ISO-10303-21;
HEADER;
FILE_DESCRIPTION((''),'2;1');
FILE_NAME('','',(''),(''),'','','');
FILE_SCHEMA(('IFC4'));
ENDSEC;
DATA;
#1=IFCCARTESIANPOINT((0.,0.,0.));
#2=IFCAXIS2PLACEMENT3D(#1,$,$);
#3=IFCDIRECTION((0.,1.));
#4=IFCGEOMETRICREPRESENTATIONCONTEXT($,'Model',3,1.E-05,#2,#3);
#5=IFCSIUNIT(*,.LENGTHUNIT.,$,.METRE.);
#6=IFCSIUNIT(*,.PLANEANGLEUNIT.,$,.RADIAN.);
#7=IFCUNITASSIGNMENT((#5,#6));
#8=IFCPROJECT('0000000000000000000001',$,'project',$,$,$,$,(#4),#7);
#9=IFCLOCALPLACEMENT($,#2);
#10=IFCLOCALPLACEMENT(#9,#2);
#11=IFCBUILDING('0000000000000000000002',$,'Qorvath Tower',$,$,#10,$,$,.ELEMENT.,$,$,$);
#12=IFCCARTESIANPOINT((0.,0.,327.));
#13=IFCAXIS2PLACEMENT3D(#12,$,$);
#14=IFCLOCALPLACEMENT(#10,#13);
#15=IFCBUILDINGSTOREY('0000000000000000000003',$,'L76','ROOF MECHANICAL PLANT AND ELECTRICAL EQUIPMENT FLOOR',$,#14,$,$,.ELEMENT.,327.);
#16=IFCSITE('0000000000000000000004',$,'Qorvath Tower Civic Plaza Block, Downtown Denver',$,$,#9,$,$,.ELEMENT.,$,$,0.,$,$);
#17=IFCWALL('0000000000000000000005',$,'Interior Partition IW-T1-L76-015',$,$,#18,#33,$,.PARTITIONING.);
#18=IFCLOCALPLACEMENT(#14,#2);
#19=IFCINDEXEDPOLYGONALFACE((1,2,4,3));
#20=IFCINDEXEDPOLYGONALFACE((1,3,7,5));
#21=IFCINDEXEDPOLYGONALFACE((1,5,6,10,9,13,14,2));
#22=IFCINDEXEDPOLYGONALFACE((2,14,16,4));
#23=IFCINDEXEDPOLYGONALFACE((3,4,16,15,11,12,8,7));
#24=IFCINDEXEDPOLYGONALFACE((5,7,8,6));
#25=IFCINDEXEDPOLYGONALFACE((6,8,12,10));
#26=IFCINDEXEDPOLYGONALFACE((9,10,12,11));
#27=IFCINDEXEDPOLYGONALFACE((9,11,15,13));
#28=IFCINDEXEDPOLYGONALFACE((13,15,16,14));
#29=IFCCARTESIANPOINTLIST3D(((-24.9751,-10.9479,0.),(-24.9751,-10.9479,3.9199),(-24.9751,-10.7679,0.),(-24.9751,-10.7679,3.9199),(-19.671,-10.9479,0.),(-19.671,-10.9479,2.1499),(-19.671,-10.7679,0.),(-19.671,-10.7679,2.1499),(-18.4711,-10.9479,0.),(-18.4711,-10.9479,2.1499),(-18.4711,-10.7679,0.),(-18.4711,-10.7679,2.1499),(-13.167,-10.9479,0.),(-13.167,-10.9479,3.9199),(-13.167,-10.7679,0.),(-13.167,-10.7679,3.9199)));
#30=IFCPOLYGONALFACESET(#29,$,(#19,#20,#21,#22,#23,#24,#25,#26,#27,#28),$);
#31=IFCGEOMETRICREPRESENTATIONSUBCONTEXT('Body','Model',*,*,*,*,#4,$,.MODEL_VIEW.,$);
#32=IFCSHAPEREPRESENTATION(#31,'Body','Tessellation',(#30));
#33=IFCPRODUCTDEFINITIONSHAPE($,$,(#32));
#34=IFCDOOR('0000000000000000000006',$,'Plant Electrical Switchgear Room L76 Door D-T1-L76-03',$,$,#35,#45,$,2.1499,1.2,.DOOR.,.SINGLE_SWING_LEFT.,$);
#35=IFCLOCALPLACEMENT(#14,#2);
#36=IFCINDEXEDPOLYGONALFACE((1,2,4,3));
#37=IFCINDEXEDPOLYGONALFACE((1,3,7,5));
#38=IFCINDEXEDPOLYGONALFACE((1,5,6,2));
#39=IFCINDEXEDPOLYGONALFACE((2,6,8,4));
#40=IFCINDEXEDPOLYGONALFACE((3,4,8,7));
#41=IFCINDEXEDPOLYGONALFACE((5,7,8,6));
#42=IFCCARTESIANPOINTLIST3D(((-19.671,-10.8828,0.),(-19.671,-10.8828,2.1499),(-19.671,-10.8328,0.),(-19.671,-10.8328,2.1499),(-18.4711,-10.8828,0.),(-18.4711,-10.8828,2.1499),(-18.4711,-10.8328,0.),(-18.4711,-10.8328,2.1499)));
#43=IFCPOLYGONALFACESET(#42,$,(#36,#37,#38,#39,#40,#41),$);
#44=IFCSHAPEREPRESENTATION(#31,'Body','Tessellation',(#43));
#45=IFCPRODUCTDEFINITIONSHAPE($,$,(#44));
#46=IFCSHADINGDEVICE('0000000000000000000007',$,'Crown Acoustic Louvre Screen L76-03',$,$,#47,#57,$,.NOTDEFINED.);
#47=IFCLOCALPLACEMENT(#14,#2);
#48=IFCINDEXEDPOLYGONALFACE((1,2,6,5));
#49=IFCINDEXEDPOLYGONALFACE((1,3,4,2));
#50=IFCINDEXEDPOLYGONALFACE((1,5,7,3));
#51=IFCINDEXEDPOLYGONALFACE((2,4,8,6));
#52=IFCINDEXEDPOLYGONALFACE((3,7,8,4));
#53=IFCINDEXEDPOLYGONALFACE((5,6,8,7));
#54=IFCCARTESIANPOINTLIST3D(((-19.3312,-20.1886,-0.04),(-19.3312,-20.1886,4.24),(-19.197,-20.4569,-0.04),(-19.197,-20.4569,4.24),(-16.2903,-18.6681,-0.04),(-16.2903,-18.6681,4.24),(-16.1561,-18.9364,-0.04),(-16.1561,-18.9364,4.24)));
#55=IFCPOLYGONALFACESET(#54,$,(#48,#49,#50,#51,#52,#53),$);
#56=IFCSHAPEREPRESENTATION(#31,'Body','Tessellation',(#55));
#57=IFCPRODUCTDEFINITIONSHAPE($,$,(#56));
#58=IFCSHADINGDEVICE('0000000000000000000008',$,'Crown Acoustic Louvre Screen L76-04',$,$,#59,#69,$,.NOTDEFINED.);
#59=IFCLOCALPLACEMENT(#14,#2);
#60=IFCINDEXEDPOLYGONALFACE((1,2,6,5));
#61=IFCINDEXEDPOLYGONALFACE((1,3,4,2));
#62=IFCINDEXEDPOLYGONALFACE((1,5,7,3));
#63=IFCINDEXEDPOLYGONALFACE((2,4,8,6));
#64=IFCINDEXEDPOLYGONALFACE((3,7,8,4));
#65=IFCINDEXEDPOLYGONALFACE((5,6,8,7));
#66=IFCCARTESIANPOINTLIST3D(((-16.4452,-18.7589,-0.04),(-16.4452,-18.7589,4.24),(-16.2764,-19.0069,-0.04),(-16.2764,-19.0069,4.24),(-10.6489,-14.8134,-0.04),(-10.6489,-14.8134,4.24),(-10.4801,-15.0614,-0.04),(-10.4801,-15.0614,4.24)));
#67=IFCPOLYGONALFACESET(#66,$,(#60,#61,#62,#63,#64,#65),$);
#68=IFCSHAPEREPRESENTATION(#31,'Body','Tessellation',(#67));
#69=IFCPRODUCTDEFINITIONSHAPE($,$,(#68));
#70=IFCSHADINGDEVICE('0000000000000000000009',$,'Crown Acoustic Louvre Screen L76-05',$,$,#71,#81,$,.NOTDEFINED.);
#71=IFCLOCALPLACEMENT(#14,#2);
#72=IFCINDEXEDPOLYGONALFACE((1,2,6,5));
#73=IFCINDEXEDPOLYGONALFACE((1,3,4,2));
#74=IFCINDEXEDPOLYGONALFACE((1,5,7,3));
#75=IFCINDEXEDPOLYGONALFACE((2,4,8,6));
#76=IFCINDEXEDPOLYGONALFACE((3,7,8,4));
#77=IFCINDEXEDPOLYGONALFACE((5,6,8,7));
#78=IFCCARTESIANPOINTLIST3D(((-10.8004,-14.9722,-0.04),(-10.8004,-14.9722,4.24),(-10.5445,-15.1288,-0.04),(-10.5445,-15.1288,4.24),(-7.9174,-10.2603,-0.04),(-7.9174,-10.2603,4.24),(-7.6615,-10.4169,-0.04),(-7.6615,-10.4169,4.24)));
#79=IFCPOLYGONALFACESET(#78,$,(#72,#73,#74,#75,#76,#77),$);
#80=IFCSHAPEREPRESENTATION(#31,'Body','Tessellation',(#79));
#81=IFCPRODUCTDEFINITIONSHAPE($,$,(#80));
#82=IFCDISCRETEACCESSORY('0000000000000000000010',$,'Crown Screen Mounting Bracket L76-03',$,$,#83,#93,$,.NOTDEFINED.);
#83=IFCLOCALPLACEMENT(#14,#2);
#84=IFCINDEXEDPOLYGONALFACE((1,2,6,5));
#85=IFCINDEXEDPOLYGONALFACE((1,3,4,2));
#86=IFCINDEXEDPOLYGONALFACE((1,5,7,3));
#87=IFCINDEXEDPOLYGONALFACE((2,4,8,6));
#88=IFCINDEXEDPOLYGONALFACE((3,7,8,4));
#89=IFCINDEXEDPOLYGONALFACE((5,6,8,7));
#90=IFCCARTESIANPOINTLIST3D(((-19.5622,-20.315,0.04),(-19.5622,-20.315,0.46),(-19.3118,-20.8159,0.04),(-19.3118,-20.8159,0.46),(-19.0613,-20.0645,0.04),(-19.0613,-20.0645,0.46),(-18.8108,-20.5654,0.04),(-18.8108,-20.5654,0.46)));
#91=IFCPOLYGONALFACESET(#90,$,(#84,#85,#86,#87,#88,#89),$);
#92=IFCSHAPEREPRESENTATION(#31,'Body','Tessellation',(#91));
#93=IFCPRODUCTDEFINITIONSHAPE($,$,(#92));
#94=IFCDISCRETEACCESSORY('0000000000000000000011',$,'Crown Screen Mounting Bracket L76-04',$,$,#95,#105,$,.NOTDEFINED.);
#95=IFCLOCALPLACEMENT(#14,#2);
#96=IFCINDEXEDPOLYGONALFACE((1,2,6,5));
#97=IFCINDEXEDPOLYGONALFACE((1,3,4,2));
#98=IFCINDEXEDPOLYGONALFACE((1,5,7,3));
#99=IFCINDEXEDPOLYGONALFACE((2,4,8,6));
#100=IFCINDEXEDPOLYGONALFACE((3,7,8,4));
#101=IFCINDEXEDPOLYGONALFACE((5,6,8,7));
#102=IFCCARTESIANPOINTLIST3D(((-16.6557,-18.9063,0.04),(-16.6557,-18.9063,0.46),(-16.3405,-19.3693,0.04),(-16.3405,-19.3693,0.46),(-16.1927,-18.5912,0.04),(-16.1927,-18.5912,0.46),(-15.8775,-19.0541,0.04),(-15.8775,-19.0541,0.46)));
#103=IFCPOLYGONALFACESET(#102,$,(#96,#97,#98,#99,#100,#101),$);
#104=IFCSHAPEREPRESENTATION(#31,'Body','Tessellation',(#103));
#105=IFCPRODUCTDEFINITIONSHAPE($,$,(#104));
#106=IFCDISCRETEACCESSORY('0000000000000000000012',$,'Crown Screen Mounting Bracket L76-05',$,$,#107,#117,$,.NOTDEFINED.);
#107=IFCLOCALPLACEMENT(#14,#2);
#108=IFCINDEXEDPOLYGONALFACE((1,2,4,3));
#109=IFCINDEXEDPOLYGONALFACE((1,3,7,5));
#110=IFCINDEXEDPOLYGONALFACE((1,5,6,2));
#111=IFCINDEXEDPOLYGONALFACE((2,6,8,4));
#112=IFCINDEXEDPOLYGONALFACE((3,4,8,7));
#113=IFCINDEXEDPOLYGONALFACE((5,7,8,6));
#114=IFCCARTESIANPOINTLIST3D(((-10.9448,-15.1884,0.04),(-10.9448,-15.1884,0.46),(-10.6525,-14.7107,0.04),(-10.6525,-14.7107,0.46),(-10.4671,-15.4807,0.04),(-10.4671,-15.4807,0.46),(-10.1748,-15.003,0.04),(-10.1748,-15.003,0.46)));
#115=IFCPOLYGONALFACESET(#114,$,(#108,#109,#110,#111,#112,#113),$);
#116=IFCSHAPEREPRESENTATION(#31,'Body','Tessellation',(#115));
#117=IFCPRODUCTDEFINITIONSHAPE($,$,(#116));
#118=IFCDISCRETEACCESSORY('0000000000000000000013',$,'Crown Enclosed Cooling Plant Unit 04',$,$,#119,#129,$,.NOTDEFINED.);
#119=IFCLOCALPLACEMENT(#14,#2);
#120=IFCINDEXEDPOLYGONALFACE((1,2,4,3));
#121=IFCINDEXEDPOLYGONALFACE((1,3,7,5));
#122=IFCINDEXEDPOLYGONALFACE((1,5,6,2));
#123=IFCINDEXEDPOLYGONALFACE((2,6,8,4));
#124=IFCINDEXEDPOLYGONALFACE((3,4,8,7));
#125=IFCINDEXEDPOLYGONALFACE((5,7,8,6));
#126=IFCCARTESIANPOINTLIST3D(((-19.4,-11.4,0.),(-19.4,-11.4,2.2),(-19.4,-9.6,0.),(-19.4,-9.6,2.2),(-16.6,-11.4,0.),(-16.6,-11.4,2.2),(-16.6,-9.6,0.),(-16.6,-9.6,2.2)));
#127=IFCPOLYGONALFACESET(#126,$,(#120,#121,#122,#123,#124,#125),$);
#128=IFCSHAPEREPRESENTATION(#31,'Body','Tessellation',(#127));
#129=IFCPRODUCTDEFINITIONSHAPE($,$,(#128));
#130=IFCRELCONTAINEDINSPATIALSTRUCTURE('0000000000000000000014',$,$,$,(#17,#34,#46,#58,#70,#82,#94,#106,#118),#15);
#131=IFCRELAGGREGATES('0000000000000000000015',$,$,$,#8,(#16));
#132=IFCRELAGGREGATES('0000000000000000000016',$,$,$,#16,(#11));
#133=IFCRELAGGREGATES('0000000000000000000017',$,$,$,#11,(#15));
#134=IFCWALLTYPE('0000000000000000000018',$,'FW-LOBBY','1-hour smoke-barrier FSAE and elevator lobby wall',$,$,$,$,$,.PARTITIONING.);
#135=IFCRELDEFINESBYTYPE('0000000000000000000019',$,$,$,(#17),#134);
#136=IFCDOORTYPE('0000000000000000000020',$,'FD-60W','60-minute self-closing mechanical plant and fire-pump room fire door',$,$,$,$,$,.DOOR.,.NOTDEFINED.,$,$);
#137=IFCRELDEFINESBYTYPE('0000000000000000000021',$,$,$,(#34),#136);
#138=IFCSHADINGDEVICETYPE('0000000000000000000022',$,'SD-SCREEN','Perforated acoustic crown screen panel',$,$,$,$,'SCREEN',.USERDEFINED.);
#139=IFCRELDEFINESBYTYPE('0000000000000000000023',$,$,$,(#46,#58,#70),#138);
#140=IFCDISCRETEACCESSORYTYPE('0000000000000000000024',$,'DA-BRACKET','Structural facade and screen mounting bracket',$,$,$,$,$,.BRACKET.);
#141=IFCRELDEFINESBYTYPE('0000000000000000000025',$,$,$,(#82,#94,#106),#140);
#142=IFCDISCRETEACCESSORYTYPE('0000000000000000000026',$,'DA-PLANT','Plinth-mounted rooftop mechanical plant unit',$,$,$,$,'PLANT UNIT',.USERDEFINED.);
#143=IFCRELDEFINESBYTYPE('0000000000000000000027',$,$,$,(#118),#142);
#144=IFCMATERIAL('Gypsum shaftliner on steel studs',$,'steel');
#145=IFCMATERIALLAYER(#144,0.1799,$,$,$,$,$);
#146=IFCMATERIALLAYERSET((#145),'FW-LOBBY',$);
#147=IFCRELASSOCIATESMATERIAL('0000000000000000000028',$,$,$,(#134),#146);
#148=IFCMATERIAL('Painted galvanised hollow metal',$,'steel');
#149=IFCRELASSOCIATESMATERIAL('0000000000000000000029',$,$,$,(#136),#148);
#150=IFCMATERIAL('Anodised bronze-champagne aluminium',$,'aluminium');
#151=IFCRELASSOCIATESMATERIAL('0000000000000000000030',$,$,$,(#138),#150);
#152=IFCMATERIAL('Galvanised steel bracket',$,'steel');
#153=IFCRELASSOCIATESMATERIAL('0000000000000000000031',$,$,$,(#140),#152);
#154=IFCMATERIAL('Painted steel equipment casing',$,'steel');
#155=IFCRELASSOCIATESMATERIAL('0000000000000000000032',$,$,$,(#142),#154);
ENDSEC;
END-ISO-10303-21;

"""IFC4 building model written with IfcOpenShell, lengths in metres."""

from ifc_helpers import new_model, si_unit, direction, frame, frame_2d, origin, origin_2d, place, context, subcontext, project, spatial, rectangle, extrude, material, layer, layer_set, type_object, element, fill, save


model = new_model("IFC4")

# Units and contexts
model_context = context("Model", 3, precision=1e-05, world=origin(), true_north=direction((0.0, 1.0)))
body_context = subcontext(model_context, "Body", "Model", "MODEL_VIEW")
ifc_project = project(units=[si_unit("LENGTHUNIT", "METRE"), si_unit("PLANEANGLEUNIT", "RADIAN")], contexts=[model_context])

# Site, building, storey
site_placement = place(None, origin())
site = spatial("IfcSite", under=ifc_project, at=site_placement, Name="Qorvath Tower Civic Plaza Block, Downtown Denver", CompositionType="ELEMENT", RefElevation=0.0)
building_placement = place(site_placement, origin())
building = spatial("IfcBuilding", under=site, at=building_placement, Name="Qorvath Tower", CompositionType="ELEMENT")
storey_placement = place(building_placement, frame((0.0, 0.0, 327.0)))
storey = spatial("IfcBuildingStorey", under=building, at=storey_placement, Name="L76", Description="ROOF MECHANICAL PLANT AND ELECTRICAL EQUIPMENT FLOOR", CompositionType="ELEMENT", Elevation=327.0)

# Shared definitions
ifc_material_1 = material(Name="Gypsum shaftliner on steel studs", Category="steel")
ifc_layer_1 = layer(ifc_material_1, 0.1799)
ifc_layer_set_1 = layer_set([ifc_layer_1], Name="FW-LOBBY")
wall_type = type_object("IfcWallType", Name="FW-LOBBY", Description="1-hour smoke-barrier FSAE and elevator lobby wall", PredefinedType="PARTITIONING", material=ifc_layer_set_1)

# Wall, opening, door
wall_1_placement = place(storey_placement, frame((-13.167, -10.8579, 0.0), z_axis=(0.0, 0.0, 1.0), x_axis=(-1.0, 0.0, 0.0)))
wall_1 = element("IfcWall", 1, at=wall_1_placement, inside=storey, type_object=wall_type, Name="Interior Partition IW-T1-L76-015", PredefinedType="PARTITIONING", context=body_context, shape_type="SweptSolid", body=[
    extrude(rectangle(XDim=11.8081, YDim=0.1799, at=frame_2d((5.9041, 0.0))), origin(), (0.0, 0.0, 1.0), 3.9199),
])
opening_placement = place(wall_1_placement, frame((5.304, 0.0, 0.0)))
opening = element("IfcOpeningElement", 2, at=opening_placement, cuts=wall_1, PredefinedType="OPENING", context=body_context, shape_type="SweptSolid", body=[
    extrude(rectangle(XDim=1.2, YDim=2.1499, at=frame_2d((0.6001, 1.075))), frame((0.0, 0.1001, 0.0), z_axis=(0.0, -1.0, 0.0), x_axis=(1.0, 0.0, 0.0)), (0.0, 0.0, 1.0), 0.2),
])
ifc_material_2 = material(Name="Painted galvanised hollow metal", Category="steel")
door_type = type_object("IfcDoorType", Name="FD-60W", Description="60-minute self-closing mechanical plant and fire-pump room fire door", OperationType="NOTDEFINED", PredefinedType="DOOR", material=ifc_material_2)
door_placement = place(opening_placement, origin())
door = element("IfcDoor", 3, at=door_placement, inside=storey, type_object=door_type, Name="Plant Electrical Switchgear Room L76 Door D-T1-L76-03", OperationType="SINGLE_SWING_LEFT", OverallHeight=2.1499, OverallWidth=1.2, PredefinedType="DOOR", context=body_context, shape_type="SweptSolid", body=[
    extrude(rectangle(XDim=1.2, YDim=2.1499, at=frame_2d((0.6001, 1.075))), frame((0.0, 0.0249, 0.0), z_axis=(0.0, -1.0, 0.0), x_axis=(1.0, 0.0, 0.0)), (0.0, 0.0, 1.0), 0.05),
])
fill(opening, door)

# Shading devices
ifc_material_3 = material(Name="Anodised bronze-champagne aluminium", Category="aluminium")
shading_device_type = type_object("IfcShadingDeviceType", Name="SD-SCREEN", Description="Perforated acoustic crown screen panel", ElementType="SCREEN", PredefinedType="USERDEFINED", material=ifc_material_3)
shading_device_1_placement = place(storey_placement, frame((-17.7437, -19.5625, -0.04), z_axis=(0.0, 0.0, 1.0), x_axis=(0.894421, 0.447227, 0.0)))
element("IfcShadingDevice", 4, at=shading_device_1_placement, inside=storey, type_object=shading_device_type, Name="Crown Acoustic Louvre Screen L76-03", PredefinedType="NOTDEFINED", context=body_context, shape_type="SweptSolid", body=[
    extrude(rectangle(XDim=3.3999, YDim=0.3, at=origin_2d()), origin(), (0.0, 0.0, 1.0), 4.28),
])
shading_device_2_placement = place(storey_placement, frame((-13.4626, -16.9102, -0.04), z_axis=(0.0, 0.0, 1.0), x_axis=(0.826661, 0.5627, 0.0)))
element("IfcShadingDevice", 5, at=shading_device_2_placement, inside=storey, type_object=shading_device_type, Name="Crown Acoustic Louvre Screen L76-04", PredefinedType="NOTDEFINED", context=body_context, shape_type="SweptSolid", body=[
    extrude(rectangle(XDim=7.0117, YDim=0.3, at=origin_2d()), origin(), (0.0, 0.0, 1.0), 4.28),
])
shading_device_3_placement = place(storey_placement, frame((-9.231, -12.6946, -0.04), z_axis=(0.0, 0.0, 1.0), x_axis=(0.521914, 0.852998, 0.0)))
element("IfcShadingDevice", 6, at=shading_device_3_placement, inside=storey, type_object=shading_device_type, Name="Crown Acoustic Louvre Screen L76-05", PredefinedType="NOTDEFINED", context=body_context, shape_type="SweptSolid", body=[
    extrude(rectangle(XDim=5.5239, YDim=0.3, at=origin_2d()), origin(), (0.0, 0.0, 1.0), 4.28),
])

# Discrete accessories
ifc_material_4 = material(Name="Galvanised steel bracket", Category="steel")
discrete_accessory_type_1 = type_object("IfcDiscreteAccessoryType", Name="DA-BRACKET", Description="Structural facade and screen mounting bracket", PredefinedType="BRACKET", material=ifc_material_4)
for number, where, z_axis, x_axis, name in (
    (7, (-19.1865, -20.4402, 0.04), (0.0, 0.0, 1.0), (0.894421, 0.447227, 0.0), "Crown Screen Mounting Bracket L76-03"),
    (8, (-16.2666, -18.9802, 0.04), (0.0, 0.0, 1.0), (0.826661, 0.5627, 0.0), "Crown Screen Mounting Bracket L76-04"),
    (9, (-10.5598, -15.0957, 0.04), (0.0, 0.0, 1.0), (0.521914, 0.852998, 0.0), "Crown Screen Mounting Bracket L76-05"),
):
    element("IfcDiscreteAccessory", number, at=place(storey_placement, frame(where, z_axis=z_axis, x_axis=x_axis)), inside=storey, type_object=discrete_accessory_type_1, Name=name, PredefinedType="NOTDEFINED", context=body_context, shape_type="SweptSolid", body=[
        extrude(rectangle(XDim=0.5601, YDim=0.5601, at=origin_2d()), origin(), (0.0, 0.0, 1.0), 0.4199),
    ])
ifc_material_5 = material(Name="Painted steel equipment casing", Category="steel")
discrete_accessory_type_2 = type_object("IfcDiscreteAccessoryType", Name="DA-PLANT", Description="Plinth-mounted rooftop mechanical plant unit", ElementType="PLANT UNIT", PredefinedType="USERDEFINED", material=ifc_material_5)
discrete_accessory_placement = place(storey_placement, frame((-18.0, -10.5, 0.0), z_axis=(0.0, 0.0, 1.0), x_axis=(1.0, 0.0, 0.0)))
element("IfcDiscreteAccessory", 10, at=discrete_accessory_placement, inside=storey, type_object=discrete_accessory_type_2, Name="Crown Enclosed Cooling Plant Unit 04", PredefinedType="NOTDEFINED", context=body_context, shape_type="SweptSolid", body=[
    extrude(rectangle(XDim=2.8, YDim=1.8, at=origin_2d()), origin(), (0.0, 0.0, 1.0), 2.2),
])

save(model, "model.ifc")
